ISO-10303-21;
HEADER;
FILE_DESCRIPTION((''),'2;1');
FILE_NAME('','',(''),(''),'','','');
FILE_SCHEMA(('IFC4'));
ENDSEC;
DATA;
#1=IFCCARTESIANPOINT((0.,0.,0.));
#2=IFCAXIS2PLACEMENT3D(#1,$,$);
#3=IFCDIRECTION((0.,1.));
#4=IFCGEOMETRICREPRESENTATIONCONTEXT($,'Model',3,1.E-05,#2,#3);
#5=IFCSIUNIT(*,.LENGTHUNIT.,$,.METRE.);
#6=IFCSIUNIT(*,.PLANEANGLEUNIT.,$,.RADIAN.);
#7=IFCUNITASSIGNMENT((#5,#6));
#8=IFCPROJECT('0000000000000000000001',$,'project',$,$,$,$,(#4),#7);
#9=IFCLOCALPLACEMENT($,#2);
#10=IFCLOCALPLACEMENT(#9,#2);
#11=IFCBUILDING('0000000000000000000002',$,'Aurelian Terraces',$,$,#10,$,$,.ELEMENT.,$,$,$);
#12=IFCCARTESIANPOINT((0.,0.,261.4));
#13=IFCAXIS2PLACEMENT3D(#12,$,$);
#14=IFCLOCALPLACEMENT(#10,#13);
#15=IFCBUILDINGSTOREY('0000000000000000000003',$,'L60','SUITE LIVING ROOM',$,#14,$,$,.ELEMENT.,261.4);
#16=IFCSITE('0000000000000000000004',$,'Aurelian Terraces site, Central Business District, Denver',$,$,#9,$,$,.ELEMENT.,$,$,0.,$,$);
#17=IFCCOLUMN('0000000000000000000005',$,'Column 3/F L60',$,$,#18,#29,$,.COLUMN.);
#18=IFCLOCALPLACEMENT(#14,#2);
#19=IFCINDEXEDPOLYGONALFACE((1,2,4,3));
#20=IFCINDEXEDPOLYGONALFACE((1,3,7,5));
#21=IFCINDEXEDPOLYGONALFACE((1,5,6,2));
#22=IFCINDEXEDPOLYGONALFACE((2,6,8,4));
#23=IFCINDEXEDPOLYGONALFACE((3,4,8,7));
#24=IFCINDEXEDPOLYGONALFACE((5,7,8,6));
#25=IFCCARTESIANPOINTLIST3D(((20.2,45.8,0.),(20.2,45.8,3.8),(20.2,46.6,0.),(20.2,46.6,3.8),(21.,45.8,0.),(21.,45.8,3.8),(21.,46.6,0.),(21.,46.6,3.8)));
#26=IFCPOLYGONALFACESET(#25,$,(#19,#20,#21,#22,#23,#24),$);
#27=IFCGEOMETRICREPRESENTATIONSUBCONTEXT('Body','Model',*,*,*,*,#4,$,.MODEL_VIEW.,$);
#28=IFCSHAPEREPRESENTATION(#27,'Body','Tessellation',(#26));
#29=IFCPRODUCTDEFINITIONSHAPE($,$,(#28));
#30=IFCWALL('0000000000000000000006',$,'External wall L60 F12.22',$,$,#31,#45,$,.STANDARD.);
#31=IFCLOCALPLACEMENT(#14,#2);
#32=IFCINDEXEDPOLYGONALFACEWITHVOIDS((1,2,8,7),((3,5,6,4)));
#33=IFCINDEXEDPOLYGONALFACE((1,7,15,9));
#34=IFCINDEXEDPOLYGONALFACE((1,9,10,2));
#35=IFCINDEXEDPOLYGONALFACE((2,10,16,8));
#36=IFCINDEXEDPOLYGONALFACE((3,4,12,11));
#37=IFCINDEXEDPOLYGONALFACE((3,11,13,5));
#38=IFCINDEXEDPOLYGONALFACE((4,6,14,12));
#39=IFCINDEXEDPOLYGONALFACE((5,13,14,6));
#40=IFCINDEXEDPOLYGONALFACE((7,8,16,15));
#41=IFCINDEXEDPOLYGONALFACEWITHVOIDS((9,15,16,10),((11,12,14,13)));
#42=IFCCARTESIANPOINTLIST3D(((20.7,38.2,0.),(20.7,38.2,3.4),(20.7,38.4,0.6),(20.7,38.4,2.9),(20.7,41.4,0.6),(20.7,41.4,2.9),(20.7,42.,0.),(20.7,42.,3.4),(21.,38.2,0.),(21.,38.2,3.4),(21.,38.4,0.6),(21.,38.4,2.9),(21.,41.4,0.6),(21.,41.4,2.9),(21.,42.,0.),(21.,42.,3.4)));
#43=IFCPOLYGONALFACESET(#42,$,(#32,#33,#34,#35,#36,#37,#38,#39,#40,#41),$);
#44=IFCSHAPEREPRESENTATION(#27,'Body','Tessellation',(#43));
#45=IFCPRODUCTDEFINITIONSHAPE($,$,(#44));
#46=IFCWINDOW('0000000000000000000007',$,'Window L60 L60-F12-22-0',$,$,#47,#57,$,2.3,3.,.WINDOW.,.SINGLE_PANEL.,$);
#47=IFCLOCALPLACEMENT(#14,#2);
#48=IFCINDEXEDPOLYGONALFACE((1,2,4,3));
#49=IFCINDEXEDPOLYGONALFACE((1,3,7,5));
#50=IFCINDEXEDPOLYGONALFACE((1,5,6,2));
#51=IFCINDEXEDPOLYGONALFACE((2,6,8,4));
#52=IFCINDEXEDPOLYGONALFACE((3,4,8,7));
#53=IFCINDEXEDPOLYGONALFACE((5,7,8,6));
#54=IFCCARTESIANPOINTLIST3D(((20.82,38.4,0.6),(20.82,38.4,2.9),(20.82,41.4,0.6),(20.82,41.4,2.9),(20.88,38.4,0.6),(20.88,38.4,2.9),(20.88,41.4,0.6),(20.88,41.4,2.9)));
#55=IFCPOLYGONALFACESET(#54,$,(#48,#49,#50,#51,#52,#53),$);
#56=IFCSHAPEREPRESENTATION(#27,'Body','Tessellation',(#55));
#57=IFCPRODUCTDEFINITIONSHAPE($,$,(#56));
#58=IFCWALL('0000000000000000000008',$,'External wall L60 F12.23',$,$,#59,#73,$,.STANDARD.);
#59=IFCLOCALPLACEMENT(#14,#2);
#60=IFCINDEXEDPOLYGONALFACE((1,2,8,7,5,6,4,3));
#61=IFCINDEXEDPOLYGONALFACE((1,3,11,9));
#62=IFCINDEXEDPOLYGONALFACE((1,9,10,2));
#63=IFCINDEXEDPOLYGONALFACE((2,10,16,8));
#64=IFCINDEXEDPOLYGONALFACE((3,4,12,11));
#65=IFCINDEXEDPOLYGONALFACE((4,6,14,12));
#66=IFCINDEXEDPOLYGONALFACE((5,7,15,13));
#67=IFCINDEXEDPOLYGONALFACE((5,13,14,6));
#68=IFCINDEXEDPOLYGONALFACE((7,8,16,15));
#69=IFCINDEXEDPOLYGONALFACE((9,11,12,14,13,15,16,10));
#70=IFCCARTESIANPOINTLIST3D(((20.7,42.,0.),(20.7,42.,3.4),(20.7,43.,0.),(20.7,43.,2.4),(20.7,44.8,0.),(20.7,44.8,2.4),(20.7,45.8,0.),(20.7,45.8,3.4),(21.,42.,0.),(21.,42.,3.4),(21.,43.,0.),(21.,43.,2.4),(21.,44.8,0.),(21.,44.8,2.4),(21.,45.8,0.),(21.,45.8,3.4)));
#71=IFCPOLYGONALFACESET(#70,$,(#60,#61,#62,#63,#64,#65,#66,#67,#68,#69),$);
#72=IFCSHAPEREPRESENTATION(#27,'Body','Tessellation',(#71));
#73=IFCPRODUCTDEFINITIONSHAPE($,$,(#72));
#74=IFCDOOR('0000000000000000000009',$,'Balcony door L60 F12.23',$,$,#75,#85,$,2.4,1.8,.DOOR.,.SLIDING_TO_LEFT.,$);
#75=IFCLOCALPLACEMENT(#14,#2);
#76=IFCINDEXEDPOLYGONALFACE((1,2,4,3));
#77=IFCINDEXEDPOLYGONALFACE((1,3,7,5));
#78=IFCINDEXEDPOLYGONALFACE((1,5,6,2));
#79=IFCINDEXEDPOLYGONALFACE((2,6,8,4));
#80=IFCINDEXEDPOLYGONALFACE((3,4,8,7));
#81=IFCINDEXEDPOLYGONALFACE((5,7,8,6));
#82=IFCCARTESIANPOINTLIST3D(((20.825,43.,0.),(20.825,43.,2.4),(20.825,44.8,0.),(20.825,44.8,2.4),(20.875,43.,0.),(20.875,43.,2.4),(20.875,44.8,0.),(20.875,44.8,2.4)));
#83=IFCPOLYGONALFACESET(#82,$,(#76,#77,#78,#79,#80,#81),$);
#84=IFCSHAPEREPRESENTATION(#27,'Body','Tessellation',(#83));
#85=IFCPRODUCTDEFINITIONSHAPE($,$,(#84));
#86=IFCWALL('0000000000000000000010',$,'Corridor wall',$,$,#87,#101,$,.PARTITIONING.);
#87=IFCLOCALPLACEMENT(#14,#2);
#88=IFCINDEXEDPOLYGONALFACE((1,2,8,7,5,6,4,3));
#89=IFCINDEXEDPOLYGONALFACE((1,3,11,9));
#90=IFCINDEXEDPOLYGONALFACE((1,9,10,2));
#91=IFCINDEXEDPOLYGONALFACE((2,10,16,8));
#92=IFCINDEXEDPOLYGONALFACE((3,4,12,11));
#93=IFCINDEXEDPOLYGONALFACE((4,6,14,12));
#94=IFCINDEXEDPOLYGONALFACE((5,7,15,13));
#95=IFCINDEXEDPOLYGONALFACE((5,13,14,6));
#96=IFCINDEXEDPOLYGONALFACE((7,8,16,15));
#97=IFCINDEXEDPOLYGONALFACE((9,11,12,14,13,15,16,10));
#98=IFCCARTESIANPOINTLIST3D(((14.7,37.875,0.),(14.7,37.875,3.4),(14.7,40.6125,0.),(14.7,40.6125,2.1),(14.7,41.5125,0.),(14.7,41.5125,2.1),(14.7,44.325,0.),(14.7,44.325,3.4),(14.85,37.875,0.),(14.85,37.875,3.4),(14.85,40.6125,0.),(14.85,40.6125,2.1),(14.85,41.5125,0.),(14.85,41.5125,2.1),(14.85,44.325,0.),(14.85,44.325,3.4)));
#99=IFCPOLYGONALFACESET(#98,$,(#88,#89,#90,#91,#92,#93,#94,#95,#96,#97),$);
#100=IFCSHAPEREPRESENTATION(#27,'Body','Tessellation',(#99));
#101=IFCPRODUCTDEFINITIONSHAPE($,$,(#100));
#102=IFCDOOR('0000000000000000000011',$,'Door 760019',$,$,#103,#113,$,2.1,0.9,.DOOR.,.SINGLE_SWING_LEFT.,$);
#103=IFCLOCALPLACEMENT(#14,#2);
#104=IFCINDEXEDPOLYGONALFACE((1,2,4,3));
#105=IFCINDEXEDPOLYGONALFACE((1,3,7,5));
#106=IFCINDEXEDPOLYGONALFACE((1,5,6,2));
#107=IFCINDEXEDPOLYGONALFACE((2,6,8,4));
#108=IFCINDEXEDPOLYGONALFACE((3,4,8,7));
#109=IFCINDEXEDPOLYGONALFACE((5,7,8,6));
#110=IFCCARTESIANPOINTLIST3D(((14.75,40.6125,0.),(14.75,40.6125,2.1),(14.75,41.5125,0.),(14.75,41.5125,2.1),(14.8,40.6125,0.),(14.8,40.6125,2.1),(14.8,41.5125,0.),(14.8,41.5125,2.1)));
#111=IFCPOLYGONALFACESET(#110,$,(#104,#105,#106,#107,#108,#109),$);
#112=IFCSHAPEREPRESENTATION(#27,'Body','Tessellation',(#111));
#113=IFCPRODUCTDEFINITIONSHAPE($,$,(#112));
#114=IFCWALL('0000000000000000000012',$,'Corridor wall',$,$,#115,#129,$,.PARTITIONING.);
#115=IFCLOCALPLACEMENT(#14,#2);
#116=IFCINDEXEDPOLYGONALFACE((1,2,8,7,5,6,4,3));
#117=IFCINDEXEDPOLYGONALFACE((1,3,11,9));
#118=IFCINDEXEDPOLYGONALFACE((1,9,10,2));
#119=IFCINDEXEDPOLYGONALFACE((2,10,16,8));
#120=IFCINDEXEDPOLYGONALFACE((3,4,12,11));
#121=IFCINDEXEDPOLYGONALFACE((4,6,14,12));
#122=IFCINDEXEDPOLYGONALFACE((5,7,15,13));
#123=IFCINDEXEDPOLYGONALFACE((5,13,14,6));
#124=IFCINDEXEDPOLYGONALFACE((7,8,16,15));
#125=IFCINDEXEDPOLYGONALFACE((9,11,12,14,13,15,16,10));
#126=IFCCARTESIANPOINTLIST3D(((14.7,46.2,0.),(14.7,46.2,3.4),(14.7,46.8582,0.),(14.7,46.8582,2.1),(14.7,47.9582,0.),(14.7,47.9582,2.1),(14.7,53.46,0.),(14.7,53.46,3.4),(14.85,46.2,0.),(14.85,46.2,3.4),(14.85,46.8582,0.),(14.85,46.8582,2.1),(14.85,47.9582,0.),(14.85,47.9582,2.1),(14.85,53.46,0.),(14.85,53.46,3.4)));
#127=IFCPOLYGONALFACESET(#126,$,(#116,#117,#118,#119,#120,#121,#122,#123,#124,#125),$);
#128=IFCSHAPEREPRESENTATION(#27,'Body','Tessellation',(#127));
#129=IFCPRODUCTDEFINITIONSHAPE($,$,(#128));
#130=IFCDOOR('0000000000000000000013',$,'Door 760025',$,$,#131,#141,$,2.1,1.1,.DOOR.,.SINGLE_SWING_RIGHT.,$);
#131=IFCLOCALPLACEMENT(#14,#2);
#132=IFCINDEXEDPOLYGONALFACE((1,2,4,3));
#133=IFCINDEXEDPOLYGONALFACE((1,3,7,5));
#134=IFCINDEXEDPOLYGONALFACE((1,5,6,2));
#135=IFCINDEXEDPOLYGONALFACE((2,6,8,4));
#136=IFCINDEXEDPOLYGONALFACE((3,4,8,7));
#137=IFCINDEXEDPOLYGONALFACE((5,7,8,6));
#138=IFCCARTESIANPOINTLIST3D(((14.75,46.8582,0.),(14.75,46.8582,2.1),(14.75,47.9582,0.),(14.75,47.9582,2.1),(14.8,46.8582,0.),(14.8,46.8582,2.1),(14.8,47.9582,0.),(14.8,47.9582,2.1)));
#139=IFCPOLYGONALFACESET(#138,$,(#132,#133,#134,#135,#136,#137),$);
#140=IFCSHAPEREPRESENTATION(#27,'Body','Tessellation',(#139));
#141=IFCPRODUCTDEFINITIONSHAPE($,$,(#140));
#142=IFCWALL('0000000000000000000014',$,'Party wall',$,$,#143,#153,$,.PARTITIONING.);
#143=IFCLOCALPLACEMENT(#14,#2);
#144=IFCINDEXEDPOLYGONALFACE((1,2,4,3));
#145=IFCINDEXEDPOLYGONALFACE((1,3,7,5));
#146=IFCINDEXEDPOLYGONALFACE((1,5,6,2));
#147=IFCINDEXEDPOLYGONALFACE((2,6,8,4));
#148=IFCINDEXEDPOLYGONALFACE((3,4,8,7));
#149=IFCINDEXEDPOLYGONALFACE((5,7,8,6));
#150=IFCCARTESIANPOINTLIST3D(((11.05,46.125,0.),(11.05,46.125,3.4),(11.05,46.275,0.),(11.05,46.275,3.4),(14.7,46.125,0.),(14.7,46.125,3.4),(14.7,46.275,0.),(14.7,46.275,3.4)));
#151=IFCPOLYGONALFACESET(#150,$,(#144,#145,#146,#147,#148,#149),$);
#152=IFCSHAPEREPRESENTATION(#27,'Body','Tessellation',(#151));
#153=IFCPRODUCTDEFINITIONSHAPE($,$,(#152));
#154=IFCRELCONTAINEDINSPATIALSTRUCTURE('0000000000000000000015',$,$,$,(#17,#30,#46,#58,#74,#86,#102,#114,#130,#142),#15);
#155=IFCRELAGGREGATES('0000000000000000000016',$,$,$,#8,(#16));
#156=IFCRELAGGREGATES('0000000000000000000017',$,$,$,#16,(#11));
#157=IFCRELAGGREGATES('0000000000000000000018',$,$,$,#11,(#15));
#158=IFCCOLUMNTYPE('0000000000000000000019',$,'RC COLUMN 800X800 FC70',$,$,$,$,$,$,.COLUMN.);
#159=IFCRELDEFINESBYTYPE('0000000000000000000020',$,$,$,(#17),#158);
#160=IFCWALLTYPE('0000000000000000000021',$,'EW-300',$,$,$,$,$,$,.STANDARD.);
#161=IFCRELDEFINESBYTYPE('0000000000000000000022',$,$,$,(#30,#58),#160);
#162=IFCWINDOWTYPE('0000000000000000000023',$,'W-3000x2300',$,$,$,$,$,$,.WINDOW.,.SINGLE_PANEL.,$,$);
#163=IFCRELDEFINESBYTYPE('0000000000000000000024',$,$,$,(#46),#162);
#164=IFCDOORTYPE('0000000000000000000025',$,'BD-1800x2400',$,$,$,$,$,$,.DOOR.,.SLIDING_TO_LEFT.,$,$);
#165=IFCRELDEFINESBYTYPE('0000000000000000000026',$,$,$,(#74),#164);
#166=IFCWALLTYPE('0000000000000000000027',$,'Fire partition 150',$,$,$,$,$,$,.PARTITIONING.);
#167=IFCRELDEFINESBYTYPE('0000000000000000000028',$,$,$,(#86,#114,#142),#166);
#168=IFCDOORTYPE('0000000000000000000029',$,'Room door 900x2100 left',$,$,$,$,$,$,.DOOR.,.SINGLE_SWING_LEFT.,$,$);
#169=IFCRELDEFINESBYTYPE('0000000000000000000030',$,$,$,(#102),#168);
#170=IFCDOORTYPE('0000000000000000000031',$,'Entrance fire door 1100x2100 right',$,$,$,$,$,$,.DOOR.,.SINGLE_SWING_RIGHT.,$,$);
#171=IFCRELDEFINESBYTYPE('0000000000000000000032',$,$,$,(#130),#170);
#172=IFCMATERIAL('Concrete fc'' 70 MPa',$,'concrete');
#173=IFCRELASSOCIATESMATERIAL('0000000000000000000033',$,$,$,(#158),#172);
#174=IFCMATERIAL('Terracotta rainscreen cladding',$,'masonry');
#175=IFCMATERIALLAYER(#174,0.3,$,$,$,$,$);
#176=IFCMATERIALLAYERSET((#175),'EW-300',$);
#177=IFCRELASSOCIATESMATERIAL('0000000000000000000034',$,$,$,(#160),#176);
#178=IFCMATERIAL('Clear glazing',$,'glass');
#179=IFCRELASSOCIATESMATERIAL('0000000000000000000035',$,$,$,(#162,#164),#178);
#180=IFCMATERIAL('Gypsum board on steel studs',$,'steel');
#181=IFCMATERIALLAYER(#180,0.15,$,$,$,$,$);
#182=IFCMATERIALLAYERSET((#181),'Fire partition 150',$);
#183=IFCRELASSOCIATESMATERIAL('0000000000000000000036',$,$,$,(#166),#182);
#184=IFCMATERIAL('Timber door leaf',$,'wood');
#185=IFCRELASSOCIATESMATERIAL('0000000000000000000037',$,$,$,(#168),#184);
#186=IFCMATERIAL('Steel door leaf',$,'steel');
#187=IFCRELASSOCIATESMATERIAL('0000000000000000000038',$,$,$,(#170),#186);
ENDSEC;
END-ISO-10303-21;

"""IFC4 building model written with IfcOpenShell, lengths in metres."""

from ifc_helpers import new_model, si_unit, direction, frame, frame_2d, origin, origin_2d, place, context, subcontext, project, spatial, rectangle, extrude, source, transform, mapped, material, layer, layer_set, material_profile, profile_set, type_object, element, fill, save


model = new_model("IFC4")

# Units and contexts
model_context = context("Model", 3, precision=1e-05, world=origin(), true_north=direction((0.0, 1.0)))
body_context = subcontext(model_context, "Body", "Model", "MODEL_VIEW")
ifc_project = project(units=[si_unit("LENGTHUNIT", "METRE"), si_unit("PLANEANGLEUNIT", "RADIAN")], contexts=[model_context])

# Site, building, storey
site_placement = place(None, origin())
site = spatial("IfcSite", under=ifc_project, at=site_placement, Name="Aurelian Terraces site, Central Business District, Denver", CompositionType="ELEMENT", RefElevation=0.0)
building_placement = place(site_placement, origin())
building = spatial("IfcBuilding", under=site, at=building_placement, Name="Aurelian Terraces", CompositionType="ELEMENT")
storey_placement = place(building_placement, frame((0.0, 0.0, 261.4)))
storey = spatial("IfcBuildingStorey", under=building, at=storey_placement, Name="L60", Description="SUITE LIVING ROOM", CompositionType="ELEMENT", Elevation=261.4)

# Column
ifc_material_1 = material(Name="Concrete fc' 70 MPa", Category="concrete")
ifc_material_profile = material_profile(ifc_material_1, rectangle(XDim=0.8, YDim=0.8, at=origin_2d()))
ifc_profile_set = profile_set([ifc_material_profile], Name="Concrete fc' 70 MPa")
column_type = type_object("IfcColumnType", Name="RC COLUMN 800X800 FC70", PredefinedType="COLUMN", material=ifc_profile_set)
shared_shape_1 = source(origin(), body_context, "Body", "SweptSolid", [
    extrude(rectangle(XDim=0.8, YDim=0.8, at=origin_2d()), origin(), (0.0, 0.0, 1.0), 3.8),
])
column_placement = place(storey_placement, frame((20.6, 46.2, 0.0), z_axis=(0.0, 0.0, 1.0), x_axis=(1.0, 0.0, 0.0)))
element("IfcColumn", 1, at=column_placement, inside=storey, type_object=column_type, Name="Column 3/F L60", PredefinedType="COLUMN", context=body_context, shape_type="MappedRepresentation", body=[
    mapped(shared_shape_1, transform((0.0, 0.0, 0.0), scale=1.0)),
])

# Wall, opening, window
ifc_material_2 = material(Name="Terracotta rainscreen cladding", Category="masonry")
ifc_layer_1 = layer(ifc_material_2, 0.3)
ifc_layer_set_1 = layer_set([ifc_layer_1], Name="EW-300")
wall_type_1 = type_object("IfcWallType", Name="EW-300", PredefinedType="STANDARD", material=ifc_layer_set_1)
shared_shape_2 = source(origin(), body_context, "Body", "SweptSolid", [
    extrude(rectangle(XDim=3.8, YDim=0.3, at=frame_2d((1.9, 0.0))), origin(), (0.0, 0.0, 1.0), 3.4),
])
wall_1_placement = place(storey_placement, frame((20.85, 38.2, 0.0), z_axis=(0.0, 0.0, 1.0), x_axis=(0.0, 1.0, 0.0)))
wall_1 = element("IfcWall", 2, at=wall_1_placement, inside=storey, type_object=wall_type_1, Name="External wall L60 F12.22", PredefinedType="STANDARD", context=body_context, shape_type="MappedRepresentation", body=[
    mapped(shared_shape_2, transform((0.0, 0.0, 0.0), scale=1.0)),
])
shared_shape_3 = source(origin(), body_context, "Body", "SweptSolid", [
    extrude(rectangle(XDim=3.0, YDim=2.3, at=frame_2d((1.5, 1.15))), frame((0.0, 0.16, 0.0), z_axis=(0.0, -1.0, 0.0), x_axis=(1.0, 0.0, 0.0)), (0.0, 0.0, 1.0), 0.32),
])
opening_1_placement = place(wall_1_placement, frame((0.2, 0.0, 0.6)))
opening_1 = element("IfcOpeningElement", 3, at=opening_1_placement, cuts=wall_1, PredefinedType="OPENING", context=body_context, shape_type="MappedRepresentation", body=[
    mapped(shared_shape_3, transform((0.0, 0.0, 0.0), scale=1.0)),
])
ifc_material_3 = material(Name="Clear glazing", Category="glass")
window_type = type_object("IfcWindowType", Name="W-3000x2300", PartitioningType="SINGLE_PANEL", PredefinedType="WINDOW", material=ifc_material_3)
shared_shape_4 = source(origin(), body_context, "Body", "SweptSolid", [
    extrude(rectangle(XDim=3.0, YDim=2.3, at=frame_2d((1.5, 1.15))), frame((0.0, 0.03, 0.0), z_axis=(0.0, -1.0, 0.0), x_axis=(1.0, 0.0, 0.0)), (0.0, 0.0, 1.0), 0.06),
])
window_placement = place(opening_1_placement, origin())
window = element("IfcWindow", 4, at=window_placement, inside=storey, type_object=window_type, Name="Window L60 L60-F12-22-0", OverallHeight=2.3, OverallWidth=3.0, PartitioningType="SINGLE_PANEL", PredefinedType="WINDOW", context=body_context, shape_type="MappedRepresentation", body=[
    mapped(shared_shape_4, transform((0.0, 0.0, 0.0), scale=1.0)),
])
fill(opening_1, window)

# Walls, openings, doors
wall_2_placement = place(storey_placement, frame((20.85, 42.0, 0.0), z_axis=(0.0, 0.0, 1.0), x_axis=(0.0, 1.0, 0.0)))
wall_2 = element("IfcWall", 5, at=wall_2_placement, inside=storey, type_object=wall_type_1, Name="External wall L60 F12.23", PredefinedType="STANDARD", context=body_context, shape_type="MappedRepresentation", body=[
    mapped(shared_shape_2, transform((0.0, 0.0, 0.0), scale=1.0)),
])
shared_shape_5 = source(origin(), body_context, "Body", "SweptSolid", [
    extrude(rectangle(XDim=1.8, YDim=2.4, at=frame_2d((0.9, 1.2))), frame((0.0, 0.16, 0.0), z_axis=(0.0, -1.0, 0.0), x_axis=(1.0, 0.0, 0.0)), (0.0, 0.0, 1.0), 0.32),
])
opening_2_placement = place(wall_2_placement, frame((1.0, 0.0, 0.0)))
opening_2 = element("IfcOpeningElement", 6, at=opening_2_placement, cuts=wall_2, PredefinedType="OPENING", context=body_context, shape_type="MappedRepresentation", body=[
    mapped(shared_shape_5, transform((0.0, 0.0, 0.0), scale=1.0)),
])
door_type_1 = type_object("IfcDoorType", Name="BD-1800x2400", OperationType="SLIDING_TO_LEFT", PredefinedType="DOOR", material=ifc_material_3)
shared_shape_6 = source(origin(), body_context, "Body", "SweptSolid", [
    extrude(rectangle(XDim=1.8, YDim=2.4, at=frame_2d((0.9, 1.2))), frame((0.0, 0.025, 0.0), z_axis=(0.0, -1.0, 0.0), x_axis=(1.0, 0.0, 0.0)), (0.0, 0.0, 1.0), 0.05),
])
door_1_placement = place(opening_2_placement, origin())
door_1 = element("IfcDoor", 7, at=door_1_placement, inside=storey, type_object=door_type_1, Name="Balcony door L60 F12.23", OperationType="SLIDING_TO_LEFT", OverallHeight=2.4, OverallWidth=1.8, PredefinedType="DOOR", context=body_context, shape_type="MappedRepresentation", body=[
    mapped(shared_shape_6, transform((0.0, 0.0, 0.0), scale=1.0)),
])
fill(opening_2, door_1)
ifc_material_4 = material(Name="Gypsum board on steel studs", Category="steel")
ifc_layer_2 = layer(ifc_material_4, 0.15)
ifc_layer_set_2 = layer_set([ifc_layer_2], Name="Fire partition 150")
wall_type_2 = type_object("IfcWallType", Name="Fire partition 150", PredefinedType="PARTITIONING", material=ifc_layer_set_2)
shared_shape_7 = source(origin(), body_context, "Body", "SweptSolid", [
    extrude(rectangle(XDim=6.45, YDim=0.15, at=frame_2d((3.225, 0.0))), origin(), (0.0, 0.0, 1.0), 3.4),
])
wall_3_placement = place(storey_placement, frame((14.775, 37.875, 0.0), z_axis=(0.0, 0.0, 1.0), x_axis=(0.0, 1.0, 0.0)))
wall_3 = element("IfcWall", 8, at=wall_3_placement, inside=storey, type_object=wall_type_2, Name="Corridor wall", PredefinedType="PARTITIONING", context=body_context, shape_type="MappedRepresentation", body=[
    mapped(shared_shape_7, transform((0.0, 0.0, 0.0), scale=1.0)),
])
shared_shape_8 = source(origin(), body_context, "Body", "SweptSolid", [
    extrude(rectangle(XDim=0.9, YDim=2.1, at=frame_2d((0.45, 1.05))), frame((0.0, 0.085, 0.0), z_axis=(0.0, -1.0, 0.0), x_axis=(1.0, 0.0, 0.0)), (0.0, 0.0, 1.0), 0.17),
])
opening_3_placement = place(wall_3_placement, frame((2.7375, 0.0, 0.0)))
opening_3 = element("IfcOpeningElement", 9, at=opening_3_placement, cuts=wall_3, PredefinedType="OPENING", context=body_context, shape_type="MappedRepresentation", body=[
    mapped(shared_shape_8, transform((0.0, 0.0, 0.0), scale=1.0)),
])
ifc_material_5 = material(Name="Timber door leaf", Category="wood")
door_type_2 = type_object("IfcDoorType", Name="Room door 900x2100 left", OperationType="SINGLE_SWING_LEFT", PredefinedType="DOOR", material=ifc_material_5)
shared_shape_9 = source(origin(), body_context, "Body", "SweptSolid", [
    extrude(rectangle(XDim=0.9, YDim=2.1, at=frame_2d((0.45, 1.05))), frame((0.0, 0.025, 0.0), z_axis=(0.0, -1.0, 0.0), x_axis=(1.0, 0.0, 0.0)), (0.0, 0.0, 1.0), 0.05),
])
door_2_placement = place(opening_3_placement, origin())
door_2 = element("IfcDoor", 10, at=door_2_placement, inside=storey, type_object=door_type_2, Name="Door 760019", OperationType="SINGLE_SWING_LEFT", OverallHeight=2.1, OverallWidth=0.9, PredefinedType="DOOR", context=body_context, shape_type="MappedRepresentation", body=[
    mapped(shared_shape_9, transform((0.0, 0.0, 0.0), scale=1.0)),
])
fill(opening_3, door_2)
shared_shape_10 = source(origin(), body_context, "Body", "SweptSolid", [
    extrude(rectangle(XDim=7.26, YDim=0.15, at=frame_2d((3.63, 0.0))), origin(), (0.0, 0.0, 1.0), 3.4),
])
wall_4_placement = place(storey_placement, frame((14.775, 46.2, 0.0), z_axis=(0.0, 0.0, 1.0), x_axis=(0.0, 1.0, 0.0)))
wall_4 = element("IfcWall", 11, at=wall_4_placement, inside=storey, type_object=wall_type_2, Name="Corridor wall", PredefinedType="PARTITIONING", context=body_context, shape_type="MappedRepresentation", body=[
    mapped(shared_shape_10, transform((0.0, 0.0, 0.0), scale=1.0)),
])
shared_shape_11 = source(origin(), body_context, "Body", "SweptSolid", [
    extrude(rectangle(XDim=1.1, YDim=2.1, at=frame_2d((0.55, 1.05))), frame((0.0, 0.085, 0.0), z_axis=(0.0, -1.0, 0.0), x_axis=(1.0, 0.0, 0.0)), (0.0, 0.0, 1.0), 0.17),
])
opening_4_placement = place(wall_4_placement, frame((0.6582, 0.0, 0.0)))
opening_4 = element("IfcOpeningElement", 12, at=opening_4_placement, cuts=wall_4, PredefinedType="OPENING", context=body_context, shape_type="MappedRepresentation", body=[
    mapped(shared_shape_11, transform((0.0, 0.0, 0.0), scale=1.0)),
])
ifc_material_6 = material(Name="Steel door leaf", Category="steel")
door_type_3 = type_object("IfcDoorType", Name="Entrance fire door 1100x2100 right", OperationType="SINGLE_SWING_RIGHT", PredefinedType="DOOR", material=ifc_material_6)
shared_shape_12 = source(origin(), body_context, "Body", "SweptSolid", [
    extrude(rectangle(XDim=1.1, YDim=2.1, at=frame_2d((0.55, 1.05))), frame((0.0, 0.025, 0.0), z_axis=(0.0, -1.0, 0.0), x_axis=(1.0, 0.0, 0.0)), (0.0, 0.0, 1.0), 0.05),
])
door_3_placement = place(opening_4_placement, origin())
door_3 = element("IfcDoor", 13, at=door_3_placement, inside=storey, type_object=door_type_3, Name="Door 760025", OperationType="SINGLE_SWING_RIGHT", OverallHeight=2.1, OverallWidth=1.1, PredefinedType="DOOR", context=body_context, shape_type="MappedRepresentation", body=[
    mapped(shared_shape_12, transform((0.0, 0.0, 0.0), scale=1.0)),
])
fill(opening_4, door_3)

# Wall
shared_shape_13 = source(origin(), body_context, "Body", "SweptSolid", [
    extrude(rectangle(XDim=3.65, YDim=0.15, at=frame_2d((1.825, 0.0))), origin(), (0.0, 0.0, 1.0), 3.4),
])
wall_5_placement = place(storey_placement, frame((14.7, 46.2, 0.0), z_axis=(0.0, 0.0, 1.0), x_axis=(-1.0, 0.0, 0.0)))
element("IfcWall", 14, at=wall_5_placement, inside=storey, type_object=wall_type_2, Name="Party wall", PredefinedType="PARTITIONING", context=body_context, shape_type="MappedRepresentation", body=[
    mapped(shared_shape_13, transform((0.0, 0.0, 0.0), scale=1.0)),
])

save(model, "model.ifc")
